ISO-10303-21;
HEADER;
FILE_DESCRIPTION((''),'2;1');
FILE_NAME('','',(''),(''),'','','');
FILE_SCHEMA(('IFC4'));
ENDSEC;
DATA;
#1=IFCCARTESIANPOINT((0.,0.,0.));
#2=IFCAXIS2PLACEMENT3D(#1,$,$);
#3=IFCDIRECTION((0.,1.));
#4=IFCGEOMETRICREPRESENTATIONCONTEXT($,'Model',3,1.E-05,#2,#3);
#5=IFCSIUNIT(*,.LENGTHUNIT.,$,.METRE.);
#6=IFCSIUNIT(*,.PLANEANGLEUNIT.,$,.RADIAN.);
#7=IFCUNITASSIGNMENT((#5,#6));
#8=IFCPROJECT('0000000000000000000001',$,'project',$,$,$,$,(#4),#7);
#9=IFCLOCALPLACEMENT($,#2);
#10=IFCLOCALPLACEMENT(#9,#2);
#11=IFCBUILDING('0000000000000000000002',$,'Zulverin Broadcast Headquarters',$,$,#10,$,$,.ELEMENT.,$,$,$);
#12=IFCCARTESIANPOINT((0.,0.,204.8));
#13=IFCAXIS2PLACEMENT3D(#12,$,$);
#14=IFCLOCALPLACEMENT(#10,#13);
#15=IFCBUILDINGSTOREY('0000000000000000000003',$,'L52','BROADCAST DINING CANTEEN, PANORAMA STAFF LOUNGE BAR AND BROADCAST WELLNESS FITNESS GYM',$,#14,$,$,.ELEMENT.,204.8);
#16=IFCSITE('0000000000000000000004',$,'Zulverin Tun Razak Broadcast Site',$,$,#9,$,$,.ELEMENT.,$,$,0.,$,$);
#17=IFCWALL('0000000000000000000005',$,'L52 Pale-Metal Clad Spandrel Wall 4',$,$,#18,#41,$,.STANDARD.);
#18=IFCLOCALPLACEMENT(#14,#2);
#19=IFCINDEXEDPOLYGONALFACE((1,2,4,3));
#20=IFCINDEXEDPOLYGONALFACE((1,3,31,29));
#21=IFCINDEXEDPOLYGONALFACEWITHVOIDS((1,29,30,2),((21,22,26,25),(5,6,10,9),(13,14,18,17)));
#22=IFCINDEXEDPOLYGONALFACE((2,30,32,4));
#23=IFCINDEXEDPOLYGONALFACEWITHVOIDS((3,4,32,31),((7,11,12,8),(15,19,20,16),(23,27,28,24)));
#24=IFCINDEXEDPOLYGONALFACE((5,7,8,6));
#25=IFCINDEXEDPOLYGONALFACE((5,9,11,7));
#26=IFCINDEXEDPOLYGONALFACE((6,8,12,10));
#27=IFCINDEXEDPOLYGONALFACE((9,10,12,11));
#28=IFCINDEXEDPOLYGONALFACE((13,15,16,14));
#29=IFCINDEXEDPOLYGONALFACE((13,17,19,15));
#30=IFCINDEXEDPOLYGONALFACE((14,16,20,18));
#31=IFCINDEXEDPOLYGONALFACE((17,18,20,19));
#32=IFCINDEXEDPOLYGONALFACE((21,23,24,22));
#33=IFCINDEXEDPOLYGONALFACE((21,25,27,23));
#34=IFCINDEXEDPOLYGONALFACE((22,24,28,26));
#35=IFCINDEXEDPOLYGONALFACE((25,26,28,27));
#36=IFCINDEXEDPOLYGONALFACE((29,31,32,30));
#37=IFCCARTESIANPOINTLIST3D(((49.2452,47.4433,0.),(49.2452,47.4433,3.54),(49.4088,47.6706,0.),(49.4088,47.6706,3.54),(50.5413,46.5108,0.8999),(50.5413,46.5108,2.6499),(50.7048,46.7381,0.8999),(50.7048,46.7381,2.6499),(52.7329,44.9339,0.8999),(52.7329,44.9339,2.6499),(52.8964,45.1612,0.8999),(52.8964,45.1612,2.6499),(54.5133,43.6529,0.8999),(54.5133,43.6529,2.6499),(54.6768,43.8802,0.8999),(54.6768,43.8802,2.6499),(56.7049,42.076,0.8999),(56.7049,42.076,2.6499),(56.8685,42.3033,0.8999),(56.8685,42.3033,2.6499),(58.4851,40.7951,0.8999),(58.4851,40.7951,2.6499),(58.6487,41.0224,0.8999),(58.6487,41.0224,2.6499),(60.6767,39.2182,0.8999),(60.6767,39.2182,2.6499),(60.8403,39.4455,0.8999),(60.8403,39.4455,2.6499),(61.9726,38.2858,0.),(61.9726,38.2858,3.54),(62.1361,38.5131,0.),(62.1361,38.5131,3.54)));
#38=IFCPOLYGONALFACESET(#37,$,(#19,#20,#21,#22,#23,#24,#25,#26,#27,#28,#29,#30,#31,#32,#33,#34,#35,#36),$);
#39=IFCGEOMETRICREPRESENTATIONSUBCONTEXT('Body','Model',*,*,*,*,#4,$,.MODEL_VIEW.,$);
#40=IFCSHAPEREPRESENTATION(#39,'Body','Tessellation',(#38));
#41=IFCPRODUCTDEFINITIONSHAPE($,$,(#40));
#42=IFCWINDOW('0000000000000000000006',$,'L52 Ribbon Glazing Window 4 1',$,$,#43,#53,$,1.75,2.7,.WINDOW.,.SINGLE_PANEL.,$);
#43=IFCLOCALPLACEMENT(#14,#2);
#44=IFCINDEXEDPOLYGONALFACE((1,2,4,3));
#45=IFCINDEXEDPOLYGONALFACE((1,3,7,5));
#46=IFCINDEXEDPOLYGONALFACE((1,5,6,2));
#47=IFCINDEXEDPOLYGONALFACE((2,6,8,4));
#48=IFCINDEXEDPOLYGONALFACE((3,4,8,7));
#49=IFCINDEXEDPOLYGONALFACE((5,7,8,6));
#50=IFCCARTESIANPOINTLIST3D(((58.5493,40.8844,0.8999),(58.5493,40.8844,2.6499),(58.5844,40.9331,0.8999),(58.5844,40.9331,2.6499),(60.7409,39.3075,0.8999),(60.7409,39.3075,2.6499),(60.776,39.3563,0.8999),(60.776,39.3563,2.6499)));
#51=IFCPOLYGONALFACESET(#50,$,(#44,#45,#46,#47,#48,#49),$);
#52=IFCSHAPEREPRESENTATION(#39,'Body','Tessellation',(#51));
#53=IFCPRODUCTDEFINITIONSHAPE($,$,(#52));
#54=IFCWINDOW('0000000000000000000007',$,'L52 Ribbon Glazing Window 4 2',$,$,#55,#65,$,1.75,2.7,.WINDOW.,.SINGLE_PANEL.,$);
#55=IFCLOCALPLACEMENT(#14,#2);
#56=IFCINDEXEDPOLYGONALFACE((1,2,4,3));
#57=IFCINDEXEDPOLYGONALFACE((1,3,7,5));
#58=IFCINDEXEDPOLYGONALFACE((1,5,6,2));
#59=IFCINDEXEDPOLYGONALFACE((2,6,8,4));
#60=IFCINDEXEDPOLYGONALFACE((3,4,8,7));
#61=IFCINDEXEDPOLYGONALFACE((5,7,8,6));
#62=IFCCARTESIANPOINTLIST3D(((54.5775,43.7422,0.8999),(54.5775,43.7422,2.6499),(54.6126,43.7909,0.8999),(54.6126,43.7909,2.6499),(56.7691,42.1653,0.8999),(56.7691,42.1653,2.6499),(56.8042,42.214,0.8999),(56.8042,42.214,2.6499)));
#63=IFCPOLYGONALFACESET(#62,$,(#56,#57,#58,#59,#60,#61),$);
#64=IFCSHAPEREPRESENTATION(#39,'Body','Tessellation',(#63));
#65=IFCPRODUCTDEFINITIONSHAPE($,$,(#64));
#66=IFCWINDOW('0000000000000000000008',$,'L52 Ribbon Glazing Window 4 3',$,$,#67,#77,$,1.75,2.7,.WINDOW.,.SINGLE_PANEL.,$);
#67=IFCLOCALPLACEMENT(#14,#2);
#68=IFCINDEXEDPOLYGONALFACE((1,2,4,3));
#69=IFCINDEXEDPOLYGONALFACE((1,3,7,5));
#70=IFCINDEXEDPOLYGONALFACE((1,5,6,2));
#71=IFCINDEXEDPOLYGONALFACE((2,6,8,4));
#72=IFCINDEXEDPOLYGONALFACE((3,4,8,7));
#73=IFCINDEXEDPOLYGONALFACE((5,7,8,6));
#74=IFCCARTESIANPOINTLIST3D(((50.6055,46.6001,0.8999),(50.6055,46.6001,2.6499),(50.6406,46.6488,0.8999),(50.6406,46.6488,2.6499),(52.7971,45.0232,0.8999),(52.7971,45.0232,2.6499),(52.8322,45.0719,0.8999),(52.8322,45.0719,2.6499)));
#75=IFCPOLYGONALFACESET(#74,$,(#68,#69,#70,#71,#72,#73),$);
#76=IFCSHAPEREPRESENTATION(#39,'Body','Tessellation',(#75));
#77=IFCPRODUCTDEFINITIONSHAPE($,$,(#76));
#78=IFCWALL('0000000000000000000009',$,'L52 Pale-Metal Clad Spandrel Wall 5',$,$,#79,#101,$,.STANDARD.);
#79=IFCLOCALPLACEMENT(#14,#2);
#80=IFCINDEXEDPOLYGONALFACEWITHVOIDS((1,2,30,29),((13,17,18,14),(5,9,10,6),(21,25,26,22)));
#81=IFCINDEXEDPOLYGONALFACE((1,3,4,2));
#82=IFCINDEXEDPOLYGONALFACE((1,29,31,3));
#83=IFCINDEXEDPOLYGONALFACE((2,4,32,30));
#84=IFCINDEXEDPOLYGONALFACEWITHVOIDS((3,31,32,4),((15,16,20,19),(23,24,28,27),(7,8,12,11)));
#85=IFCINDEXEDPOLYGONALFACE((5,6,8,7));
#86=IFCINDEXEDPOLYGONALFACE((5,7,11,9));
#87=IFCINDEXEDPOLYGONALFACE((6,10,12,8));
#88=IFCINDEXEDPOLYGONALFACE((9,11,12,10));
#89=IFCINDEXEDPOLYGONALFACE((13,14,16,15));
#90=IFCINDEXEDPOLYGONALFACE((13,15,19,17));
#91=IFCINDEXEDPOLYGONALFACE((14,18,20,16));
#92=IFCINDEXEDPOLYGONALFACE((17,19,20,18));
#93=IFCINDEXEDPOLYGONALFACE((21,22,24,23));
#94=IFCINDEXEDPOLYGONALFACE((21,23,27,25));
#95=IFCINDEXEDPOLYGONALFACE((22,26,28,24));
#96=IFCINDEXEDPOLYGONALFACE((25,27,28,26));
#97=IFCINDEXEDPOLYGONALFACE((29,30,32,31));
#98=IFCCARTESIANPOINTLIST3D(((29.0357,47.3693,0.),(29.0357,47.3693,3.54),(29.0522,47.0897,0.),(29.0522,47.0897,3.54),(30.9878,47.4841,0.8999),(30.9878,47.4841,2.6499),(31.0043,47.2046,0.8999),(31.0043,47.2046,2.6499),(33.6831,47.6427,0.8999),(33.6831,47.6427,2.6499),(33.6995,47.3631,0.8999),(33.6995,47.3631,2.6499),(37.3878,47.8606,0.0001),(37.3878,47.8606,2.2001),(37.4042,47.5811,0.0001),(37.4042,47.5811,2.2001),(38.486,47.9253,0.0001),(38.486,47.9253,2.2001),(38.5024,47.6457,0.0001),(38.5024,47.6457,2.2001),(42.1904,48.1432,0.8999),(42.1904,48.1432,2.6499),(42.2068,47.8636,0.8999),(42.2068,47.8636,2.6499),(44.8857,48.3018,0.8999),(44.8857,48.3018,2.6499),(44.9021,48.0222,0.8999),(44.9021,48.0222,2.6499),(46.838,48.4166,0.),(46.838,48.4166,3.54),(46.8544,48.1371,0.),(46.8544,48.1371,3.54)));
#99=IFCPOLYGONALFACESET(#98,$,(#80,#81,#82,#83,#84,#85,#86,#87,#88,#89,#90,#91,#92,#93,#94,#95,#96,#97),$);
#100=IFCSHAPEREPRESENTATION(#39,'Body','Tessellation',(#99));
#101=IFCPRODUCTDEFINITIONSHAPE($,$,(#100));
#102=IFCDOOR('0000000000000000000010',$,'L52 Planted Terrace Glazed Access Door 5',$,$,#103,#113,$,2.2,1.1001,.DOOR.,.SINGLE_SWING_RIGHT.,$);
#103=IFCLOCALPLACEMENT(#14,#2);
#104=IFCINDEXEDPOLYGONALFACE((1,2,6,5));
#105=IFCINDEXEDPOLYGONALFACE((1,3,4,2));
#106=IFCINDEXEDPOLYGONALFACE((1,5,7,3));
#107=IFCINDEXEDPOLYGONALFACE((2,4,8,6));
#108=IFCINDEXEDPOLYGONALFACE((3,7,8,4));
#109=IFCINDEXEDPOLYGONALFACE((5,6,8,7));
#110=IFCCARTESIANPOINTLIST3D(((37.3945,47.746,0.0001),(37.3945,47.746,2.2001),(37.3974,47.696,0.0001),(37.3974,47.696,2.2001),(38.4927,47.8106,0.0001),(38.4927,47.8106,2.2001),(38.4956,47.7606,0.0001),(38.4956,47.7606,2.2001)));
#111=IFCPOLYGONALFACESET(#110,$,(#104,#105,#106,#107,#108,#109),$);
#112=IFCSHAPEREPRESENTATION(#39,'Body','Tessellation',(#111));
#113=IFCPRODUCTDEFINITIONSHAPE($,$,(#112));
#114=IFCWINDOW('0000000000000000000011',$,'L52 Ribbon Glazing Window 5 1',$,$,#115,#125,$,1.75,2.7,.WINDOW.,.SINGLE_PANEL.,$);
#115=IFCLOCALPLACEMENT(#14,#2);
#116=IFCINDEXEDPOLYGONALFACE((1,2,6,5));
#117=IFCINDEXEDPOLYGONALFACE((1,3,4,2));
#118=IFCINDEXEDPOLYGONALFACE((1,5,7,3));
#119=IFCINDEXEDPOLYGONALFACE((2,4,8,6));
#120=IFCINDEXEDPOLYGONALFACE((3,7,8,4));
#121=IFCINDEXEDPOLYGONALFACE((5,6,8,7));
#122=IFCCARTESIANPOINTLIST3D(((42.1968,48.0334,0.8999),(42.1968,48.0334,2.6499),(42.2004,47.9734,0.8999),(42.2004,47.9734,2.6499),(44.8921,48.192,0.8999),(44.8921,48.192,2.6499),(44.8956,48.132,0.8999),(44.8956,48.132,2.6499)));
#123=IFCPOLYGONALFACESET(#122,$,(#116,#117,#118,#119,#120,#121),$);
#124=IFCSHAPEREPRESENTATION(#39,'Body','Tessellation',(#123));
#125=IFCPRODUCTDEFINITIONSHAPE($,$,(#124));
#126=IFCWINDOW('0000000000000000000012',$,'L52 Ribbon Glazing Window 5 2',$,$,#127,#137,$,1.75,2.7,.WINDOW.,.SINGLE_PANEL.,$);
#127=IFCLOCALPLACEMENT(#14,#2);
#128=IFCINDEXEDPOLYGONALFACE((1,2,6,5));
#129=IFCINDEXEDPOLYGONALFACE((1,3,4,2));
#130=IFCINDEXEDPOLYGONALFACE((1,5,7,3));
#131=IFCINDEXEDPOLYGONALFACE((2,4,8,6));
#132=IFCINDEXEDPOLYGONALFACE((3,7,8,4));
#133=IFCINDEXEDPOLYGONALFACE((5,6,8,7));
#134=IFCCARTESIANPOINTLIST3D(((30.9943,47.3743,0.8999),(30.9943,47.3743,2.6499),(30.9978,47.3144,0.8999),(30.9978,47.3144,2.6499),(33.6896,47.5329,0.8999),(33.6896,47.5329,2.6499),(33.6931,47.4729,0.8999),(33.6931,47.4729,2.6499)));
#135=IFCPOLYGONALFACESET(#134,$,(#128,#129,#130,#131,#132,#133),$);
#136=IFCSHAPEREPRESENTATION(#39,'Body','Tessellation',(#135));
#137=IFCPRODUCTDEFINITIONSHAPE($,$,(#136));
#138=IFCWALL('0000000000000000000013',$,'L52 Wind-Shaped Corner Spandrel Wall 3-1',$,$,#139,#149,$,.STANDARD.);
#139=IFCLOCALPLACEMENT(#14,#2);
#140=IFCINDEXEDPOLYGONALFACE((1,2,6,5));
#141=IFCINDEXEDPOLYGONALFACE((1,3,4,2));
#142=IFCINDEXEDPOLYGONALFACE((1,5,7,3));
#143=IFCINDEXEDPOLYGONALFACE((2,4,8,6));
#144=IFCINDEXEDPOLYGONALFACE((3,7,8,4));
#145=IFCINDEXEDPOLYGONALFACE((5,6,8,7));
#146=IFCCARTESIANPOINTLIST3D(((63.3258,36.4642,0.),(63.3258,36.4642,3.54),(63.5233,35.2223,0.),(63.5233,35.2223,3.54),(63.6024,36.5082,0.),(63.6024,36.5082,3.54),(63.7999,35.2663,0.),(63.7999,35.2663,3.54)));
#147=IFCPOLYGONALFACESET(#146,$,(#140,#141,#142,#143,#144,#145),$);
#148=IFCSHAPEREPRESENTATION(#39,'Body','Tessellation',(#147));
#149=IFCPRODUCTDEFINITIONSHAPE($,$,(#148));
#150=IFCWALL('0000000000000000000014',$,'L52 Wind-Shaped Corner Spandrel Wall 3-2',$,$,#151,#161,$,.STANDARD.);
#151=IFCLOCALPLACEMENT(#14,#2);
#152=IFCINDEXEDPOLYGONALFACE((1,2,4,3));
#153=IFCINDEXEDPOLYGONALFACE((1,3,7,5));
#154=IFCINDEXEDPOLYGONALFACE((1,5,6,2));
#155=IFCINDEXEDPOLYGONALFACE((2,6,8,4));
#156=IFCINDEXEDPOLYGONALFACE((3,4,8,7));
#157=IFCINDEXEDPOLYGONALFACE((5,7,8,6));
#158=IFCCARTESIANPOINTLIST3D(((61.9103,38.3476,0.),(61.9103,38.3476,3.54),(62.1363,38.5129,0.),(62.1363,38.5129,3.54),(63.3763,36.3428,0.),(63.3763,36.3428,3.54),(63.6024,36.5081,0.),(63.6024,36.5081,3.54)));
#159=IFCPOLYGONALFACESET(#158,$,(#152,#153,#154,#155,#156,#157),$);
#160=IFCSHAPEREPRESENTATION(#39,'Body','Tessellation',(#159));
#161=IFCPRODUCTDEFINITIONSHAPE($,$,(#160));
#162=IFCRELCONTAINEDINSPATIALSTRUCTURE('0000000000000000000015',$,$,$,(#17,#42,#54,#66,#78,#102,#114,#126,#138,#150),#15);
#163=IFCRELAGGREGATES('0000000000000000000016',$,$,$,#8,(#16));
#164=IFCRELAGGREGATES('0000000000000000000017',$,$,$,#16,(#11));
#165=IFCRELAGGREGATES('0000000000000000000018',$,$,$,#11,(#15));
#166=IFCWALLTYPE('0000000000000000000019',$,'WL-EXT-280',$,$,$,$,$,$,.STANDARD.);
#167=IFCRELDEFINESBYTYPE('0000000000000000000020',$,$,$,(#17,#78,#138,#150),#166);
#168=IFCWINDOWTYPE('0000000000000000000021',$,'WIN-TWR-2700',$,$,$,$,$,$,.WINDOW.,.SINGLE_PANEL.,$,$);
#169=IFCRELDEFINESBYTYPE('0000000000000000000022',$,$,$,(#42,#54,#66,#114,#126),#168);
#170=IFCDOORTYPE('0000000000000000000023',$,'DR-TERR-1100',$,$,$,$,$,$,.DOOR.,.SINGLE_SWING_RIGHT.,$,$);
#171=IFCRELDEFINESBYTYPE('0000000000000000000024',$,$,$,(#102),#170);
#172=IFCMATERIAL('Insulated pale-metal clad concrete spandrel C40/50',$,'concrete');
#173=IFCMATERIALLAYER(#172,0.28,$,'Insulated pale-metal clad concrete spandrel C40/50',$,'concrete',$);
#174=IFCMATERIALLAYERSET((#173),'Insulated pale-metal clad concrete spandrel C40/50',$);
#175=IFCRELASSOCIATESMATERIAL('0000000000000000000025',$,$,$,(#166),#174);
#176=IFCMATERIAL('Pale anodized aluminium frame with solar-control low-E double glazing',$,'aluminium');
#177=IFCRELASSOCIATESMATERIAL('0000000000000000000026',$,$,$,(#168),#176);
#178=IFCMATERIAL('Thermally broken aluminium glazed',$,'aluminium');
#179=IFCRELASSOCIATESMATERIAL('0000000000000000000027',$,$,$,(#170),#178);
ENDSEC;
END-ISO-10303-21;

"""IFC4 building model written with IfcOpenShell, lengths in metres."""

from ifc_helpers import new_model, si_unit, direction, frame, frame_2d, origin, place, context, subcontext, project, spatial, rectangle, extrude, material, layer, layer_set, type_object, element, fill, save


model = new_model("IFC4")

# Units and contexts
model_context = context("Model", 3, precision=1e-05, world=origin(), true_north=direction((0.0, 1.0)))
body_context = subcontext(model_context, "Body", "Model", "MODEL_VIEW")
ifc_project = project(units=[si_unit("LENGTHUNIT", "METRE"), si_unit("PLANEANGLEUNIT", "RADIAN")], contexts=[model_context])

# Site, building, storey
site_placement = place(None, origin())
site = spatial("IfcSite", under=ifc_project, at=site_placement, Name="Zulverin Tun Razak Broadcast Site", CompositionType="ELEMENT", RefElevation=0.0)
building_placement = place(site_placement, origin())
building = spatial("IfcBuilding", under=site, at=building_placement, Name="Zulverin Broadcast Headquarters", CompositionType="ELEMENT")
storey_placement = place(building_placement, frame((0.0, 0.0, 204.8)))
storey = spatial("IfcBuildingStorey", under=building, at=storey_placement, Name="L52", Description="BROADCAST DINING CANTEEN, PANORAMA STAFF LOUNGE BAR AND BROADCAST WELLNESS FITNESS GYM", CompositionType="ELEMENT", Elevation=204.8)

# Wall, openings, windows
ifc_material_1 = material(Name="Insulated pale-metal clad concrete spandrel C40/50", Category="concrete")
ifc_layer_1 = layer(ifc_material_1, 0.28, Name="Insulated pale-metal clad concrete spandrel C40/50", Category="concrete")
ifc_layer_set_1 = layer_set([ifc_layer_1], Name="Insulated pale-metal clad concrete spandrel C40/50")
wall_type = type_object("IfcWallType", Name="WL-EXT-280", PredefinedType="STANDARD", material=ifc_layer_set_1)
wall_1_placement = place(storey_placement, frame((62.0544, 38.3994, 0.0), z_axis=(0.0, 0.0, 1.0), x_axis=(-0.811721, 0.584045, 0.0)))
wall_1 = element("IfcWall", 1, at=wall_1_placement, inside=storey, type_object=wall_type, Name="L52 Pale-Metal Clad Spandrel Wall 4", PredefinedType="STANDARD", context=body_context, shape_type="SweptSolid", body=[
    extrude(rectangle(XDim=15.6794, YDim=0.28, at=frame_2d((7.8398, 0.0))), origin(), (0.0, 0.0, 1.0), 3.54),
])
opening_1_placement = place(wall_1_placement, frame((1.5964, 0.0, 0.8999)))
opening_1 = element("IfcOpeningElement", 2, at=opening_1_placement, cuts=wall_1, PredefinedType="OPENING", context=body_context, shape_type="SweptSolid", body=[
    extrude(rectangle(XDim=2.7, YDim=1.75, at=frame_2d((1.3501, 0.875))), frame((0.0, 0.1499, 0.0), z_axis=(0.0, -1.0, 0.0), x_axis=(1.0, 0.0, 0.0)), (0.0, 0.0, 1.0), 0.3),
])
opening_2_placement = place(wall_1_placement, frame((6.4895, 0.0, 0.8999)))
opening_2 = element("IfcOpeningElement", 3, at=opening_2_placement, cuts=wall_1, PredefinedType="OPENING", context=body_context, shape_type="SweptSolid", body=[
    extrude(rectangle(XDim=2.7, YDim=1.75, at=frame_2d((1.3501, 0.875))), frame((0.0, 0.1499, 0.0), z_axis=(0.0, -1.0, 0.0), x_axis=(1.0, 0.0, 0.0)), (0.0, 0.0, 1.0), 0.3),
])
opening_3_placement = place(wall_1_placement, frame((11.3828, 0.0, 0.8999)))
opening_3 = element("IfcOpeningElement", 4, at=opening_3_placement, cuts=wall_1, PredefinedType="OPENING", context=body_context, shape_type="SweptSolid", body=[
    extrude(rectangle(XDim=2.7, YDim=1.75, at=frame_2d((1.3501, 0.875))), frame((0.0, 0.1499, 0.0), z_axis=(0.0, -1.0, 0.0), x_axis=(1.0, 0.0, 0.0)), (0.0, 0.0, 1.0), 0.3),
])
ifc_material_2 = material(Name="Pale anodized aluminium frame with solar-control low-E double glazing", Category="aluminium")
window_type = type_object("IfcWindowType", Name="WIN-TWR-2700", PartitioningType="SINGLE_PANEL", PredefinedType="WINDOW", material=ifc_material_2)
window_1_placement = place(opening_1_placement, origin())
window_1 = element("IfcWindow", 5, at=window_1_placement, inside=storey, type_object=window_type, Name="L52 Ribbon Glazing Window 4 1", OverallHeight=1.75, OverallWidth=2.7, PartitioningType="SINGLE_PANEL", PredefinedType="WINDOW", context=body_context, shape_type="SweptSolid", body=[
    extrude(rectangle(XDim=2.7, YDim=1.75, at=frame_2d((1.3501, 0.875))), frame((0.0, 0.03, 0.0), z_axis=(0.0, -1.0, 0.0), x_axis=(1.0, 0.0, 0.0)), (0.0, 0.0, 1.0), 0.0601),
])
fill(opening_1, window_1)
window_2_placement = place(opening_2_placement, origin())
window_2 = element("IfcWindow", 6, at=window_2_placement, inside=storey, type_object=window_type, Name="L52 Ribbon Glazing Window 4 2", OverallHeight=1.75, OverallWidth=2.7, PartitioningType="SINGLE_PANEL", PredefinedType="WINDOW", context=body_context, shape_type="SweptSolid", body=[
    extrude(rectangle(XDim=2.7, YDim=1.75, at=frame_2d((1.3501, 0.875))), frame((0.0, 0.03, 0.0), z_axis=(0.0, -1.0, 0.0), x_axis=(1.0, 0.0, 0.0)), (0.0, 0.0, 1.0), 0.0601),
])
fill(opening_2, window_2)
window_3_placement = place(opening_3_placement, origin())
window_3 = element("IfcWindow", 7, at=window_3_placement, inside=storey, type_object=window_type, Name="L52 Ribbon Glazing Window 4 3", OverallHeight=1.75, OverallWidth=2.7, PartitioningType="SINGLE_PANEL", PredefinedType="WINDOW", context=body_context, shape_type="SweptSolid", body=[
    extrude(rectangle(XDim=2.7, YDim=1.75, at=frame_2d((1.3501, 0.875))), frame((0.0, 0.03, 0.0), z_axis=(0.0, -1.0, 0.0), x_axis=(1.0, 0.0, 0.0)), (0.0, 0.0, 1.0), 0.0601),
])
fill(opening_3, window_3)

# Wall, openings, door, windows
wall_2_placement = place(storey_placement, frame((46.8462, 48.2769, 0.0), z_axis=(0.0, 0.0, 1.0), x_axis=(-0.998274, -0.058732, 0.0)))
wall_2 = element("IfcWall", 8, at=wall_2_placement, inside=storey, type_object=wall_type, Name="L52 Pale-Metal Clad Spandrel Wall 5", PredefinedType="STANDARD", context=body_context, shape_type="SweptSolid", body=[
    extrude(rectangle(XDim=17.833, YDim=0.28, at=frame_2d((8.9165, 0.0))), origin(), (0.0, 0.0, 1.0), 3.54),
])
opening_4_placement = place(wall_2_placement, frame((8.3665, 0.0, 0.0)))
opening_4 = element("IfcOpeningElement", 9, at=opening_4_placement, cuts=wall_2, PredefinedType="OPENING", context=body_context, shape_type="SweptSolid", body=[
    extrude(rectangle(XDim=1.1001, YDim=2.2, at=frame_2d((0.55, 1.1001))), frame((0.0, 0.1499, 0.0), z_axis=(0.0, -1.0, 0.0), x_axis=(1.0, 0.0, 0.0)), (0.0, 0.0, 1.0), 0.3),
])
opening_5_placement = place(wall_2_placement, frame((1.9556, 0.0, 0.8999)))
opening_5 = element("IfcOpeningElement", 10, at=opening_5_placement, cuts=wall_2, PredefinedType="OPENING", context=body_context, shape_type="SweptSolid", body=[
    extrude(rectangle(XDim=2.7, YDim=1.75, at=frame_2d((1.3501, 0.875))), frame((0.0, 0.1499, 0.0), z_axis=(0.0, -1.0, 0.0), x_axis=(1.0, 0.0, 0.0)), (0.0, 0.0, 1.0), 0.3),
])
opening_6_placement = place(wall_2_placement, frame((13.1775, 0.0, 0.8999)))
opening_6 = element("IfcOpeningElement", 11, at=opening_6_placement, cuts=wall_2, PredefinedType="OPENING", context=body_context, shape_type="SweptSolid", body=[
    extrude(rectangle(XDim=2.7, YDim=1.75, at=frame_2d((1.3501, 0.875))), frame((0.0, 0.1499, 0.0), z_axis=(0.0, -1.0, 0.0), x_axis=(1.0, 0.0, 0.0)), (0.0, 0.0, 1.0), 0.3),
])
ifc_material_3 = material(Name="Thermally broken aluminium glazed", Category="aluminium")
door_type = type_object("IfcDoorType", Name="DR-TERR-1100", OperationType="SINGLE_SWING_RIGHT", PredefinedType="DOOR", material=ifc_material_3)
door_placement = place(opening_4_placement, origin())
door = element("IfcDoor", 12, at=door_placement, inside=storey, type_object=door_type, Name="L52 Planted Terrace Glazed Access Door 5", OperationType="SINGLE_SWING_RIGHT", OverallHeight=2.2, OverallWidth=1.1001, PredefinedType="DOOR", context=body_context, shape_type="SweptSolid", body=[
    extrude(rectangle(XDim=1.1001, YDim=2.2, at=frame_2d((0.55, 1.1001))), frame((0.0, 0.0249, 0.0), z_axis=(0.0, -1.0, 0.0), x_axis=(1.0, 0.0, 0.0)), (0.0, 0.0, 1.0), 0.05),
])
fill(opening_4, door)
window_4_placement = place(opening_5_placement, origin())
window_4 = element("IfcWindow", 13, at=window_4_placement, inside=storey, type_object=window_type, Name="L52 Ribbon Glazing Window 5 1", OverallHeight=1.75, OverallWidth=2.7, PartitioningType="SINGLE_PANEL", PredefinedType="WINDOW", context=body_context, shape_type="SweptSolid", body=[
    extrude(rectangle(XDim=2.7, YDim=1.75, at=frame_2d((1.3501, 0.875))), frame((0.0, 0.03, 0.0), z_axis=(0.0, -1.0, 0.0), x_axis=(1.0, 0.0, 0.0)), (0.0, 0.0, 1.0), 0.0601),
])
fill(opening_5, window_4)
window_5_placement = place(opening_6_placement, origin())
window_5 = element("IfcWindow", 14, at=window_5_placement, inside=storey, type_object=window_type, Name="L52 Ribbon Glazing Window 5 2", OverallHeight=1.75, OverallWidth=2.7, PartitioningType="SINGLE_PANEL", PredefinedType="WINDOW", context=body_context, shape_type="SweptSolid", body=[
    extrude(rectangle(XDim=2.7, YDim=1.75, at=frame_2d((1.3501, 0.875))), frame((0.0, 0.03, 0.0), z_axis=(0.0, -1.0, 0.0), x_axis=(1.0, 0.0, 0.0)), (0.0, 0.0, 1.0), 0.0601),
])
fill(opening_6, window_5)

# Walls
wall_3_placement = place(storey_placement, frame((63.6616, 35.2441, 0.0), z_axis=(0.0, 0.0, 1.0), x_axis=(-0.157059, 0.987589, 0.0)))
element("IfcWall", 15, at=wall_3_placement, inside=storey, type_object=wall_type, Name="L52 Wind-Shaped Corner Spandrel Wall 3-1", PredefinedType="STANDARD", context=body_context, shape_type="SweptSolid", body=[
    extrude(rectangle(XDim=1.2576, YDim=0.28, at=frame_2d((0.6289, 0.0))), origin(), (0.0, 0.0, 1.0), 3.54),
])
wall_4_placement = place(storey_placement, frame((63.4893, 36.4255, 0.0), z_axis=(0.0, 0.0, 1.0), x_axis=(-0.590268, 0.807207, 0.0)))
element("IfcWall", 16, at=wall_4_placement, inside=storey, type_object=wall_type, Name="L52 Wind-Shaped Corner Spandrel Wall 3-2", PredefinedType="STANDARD", context=body_context, shape_type="SweptSolid", body=[
    extrude(rectangle(XDim=2.4836, YDim=0.28, at=frame_2d((1.2417, 0.0))), origin(), (0.0, 0.0, 1.0), 3.54),
])

save(model, "model.ifc")
